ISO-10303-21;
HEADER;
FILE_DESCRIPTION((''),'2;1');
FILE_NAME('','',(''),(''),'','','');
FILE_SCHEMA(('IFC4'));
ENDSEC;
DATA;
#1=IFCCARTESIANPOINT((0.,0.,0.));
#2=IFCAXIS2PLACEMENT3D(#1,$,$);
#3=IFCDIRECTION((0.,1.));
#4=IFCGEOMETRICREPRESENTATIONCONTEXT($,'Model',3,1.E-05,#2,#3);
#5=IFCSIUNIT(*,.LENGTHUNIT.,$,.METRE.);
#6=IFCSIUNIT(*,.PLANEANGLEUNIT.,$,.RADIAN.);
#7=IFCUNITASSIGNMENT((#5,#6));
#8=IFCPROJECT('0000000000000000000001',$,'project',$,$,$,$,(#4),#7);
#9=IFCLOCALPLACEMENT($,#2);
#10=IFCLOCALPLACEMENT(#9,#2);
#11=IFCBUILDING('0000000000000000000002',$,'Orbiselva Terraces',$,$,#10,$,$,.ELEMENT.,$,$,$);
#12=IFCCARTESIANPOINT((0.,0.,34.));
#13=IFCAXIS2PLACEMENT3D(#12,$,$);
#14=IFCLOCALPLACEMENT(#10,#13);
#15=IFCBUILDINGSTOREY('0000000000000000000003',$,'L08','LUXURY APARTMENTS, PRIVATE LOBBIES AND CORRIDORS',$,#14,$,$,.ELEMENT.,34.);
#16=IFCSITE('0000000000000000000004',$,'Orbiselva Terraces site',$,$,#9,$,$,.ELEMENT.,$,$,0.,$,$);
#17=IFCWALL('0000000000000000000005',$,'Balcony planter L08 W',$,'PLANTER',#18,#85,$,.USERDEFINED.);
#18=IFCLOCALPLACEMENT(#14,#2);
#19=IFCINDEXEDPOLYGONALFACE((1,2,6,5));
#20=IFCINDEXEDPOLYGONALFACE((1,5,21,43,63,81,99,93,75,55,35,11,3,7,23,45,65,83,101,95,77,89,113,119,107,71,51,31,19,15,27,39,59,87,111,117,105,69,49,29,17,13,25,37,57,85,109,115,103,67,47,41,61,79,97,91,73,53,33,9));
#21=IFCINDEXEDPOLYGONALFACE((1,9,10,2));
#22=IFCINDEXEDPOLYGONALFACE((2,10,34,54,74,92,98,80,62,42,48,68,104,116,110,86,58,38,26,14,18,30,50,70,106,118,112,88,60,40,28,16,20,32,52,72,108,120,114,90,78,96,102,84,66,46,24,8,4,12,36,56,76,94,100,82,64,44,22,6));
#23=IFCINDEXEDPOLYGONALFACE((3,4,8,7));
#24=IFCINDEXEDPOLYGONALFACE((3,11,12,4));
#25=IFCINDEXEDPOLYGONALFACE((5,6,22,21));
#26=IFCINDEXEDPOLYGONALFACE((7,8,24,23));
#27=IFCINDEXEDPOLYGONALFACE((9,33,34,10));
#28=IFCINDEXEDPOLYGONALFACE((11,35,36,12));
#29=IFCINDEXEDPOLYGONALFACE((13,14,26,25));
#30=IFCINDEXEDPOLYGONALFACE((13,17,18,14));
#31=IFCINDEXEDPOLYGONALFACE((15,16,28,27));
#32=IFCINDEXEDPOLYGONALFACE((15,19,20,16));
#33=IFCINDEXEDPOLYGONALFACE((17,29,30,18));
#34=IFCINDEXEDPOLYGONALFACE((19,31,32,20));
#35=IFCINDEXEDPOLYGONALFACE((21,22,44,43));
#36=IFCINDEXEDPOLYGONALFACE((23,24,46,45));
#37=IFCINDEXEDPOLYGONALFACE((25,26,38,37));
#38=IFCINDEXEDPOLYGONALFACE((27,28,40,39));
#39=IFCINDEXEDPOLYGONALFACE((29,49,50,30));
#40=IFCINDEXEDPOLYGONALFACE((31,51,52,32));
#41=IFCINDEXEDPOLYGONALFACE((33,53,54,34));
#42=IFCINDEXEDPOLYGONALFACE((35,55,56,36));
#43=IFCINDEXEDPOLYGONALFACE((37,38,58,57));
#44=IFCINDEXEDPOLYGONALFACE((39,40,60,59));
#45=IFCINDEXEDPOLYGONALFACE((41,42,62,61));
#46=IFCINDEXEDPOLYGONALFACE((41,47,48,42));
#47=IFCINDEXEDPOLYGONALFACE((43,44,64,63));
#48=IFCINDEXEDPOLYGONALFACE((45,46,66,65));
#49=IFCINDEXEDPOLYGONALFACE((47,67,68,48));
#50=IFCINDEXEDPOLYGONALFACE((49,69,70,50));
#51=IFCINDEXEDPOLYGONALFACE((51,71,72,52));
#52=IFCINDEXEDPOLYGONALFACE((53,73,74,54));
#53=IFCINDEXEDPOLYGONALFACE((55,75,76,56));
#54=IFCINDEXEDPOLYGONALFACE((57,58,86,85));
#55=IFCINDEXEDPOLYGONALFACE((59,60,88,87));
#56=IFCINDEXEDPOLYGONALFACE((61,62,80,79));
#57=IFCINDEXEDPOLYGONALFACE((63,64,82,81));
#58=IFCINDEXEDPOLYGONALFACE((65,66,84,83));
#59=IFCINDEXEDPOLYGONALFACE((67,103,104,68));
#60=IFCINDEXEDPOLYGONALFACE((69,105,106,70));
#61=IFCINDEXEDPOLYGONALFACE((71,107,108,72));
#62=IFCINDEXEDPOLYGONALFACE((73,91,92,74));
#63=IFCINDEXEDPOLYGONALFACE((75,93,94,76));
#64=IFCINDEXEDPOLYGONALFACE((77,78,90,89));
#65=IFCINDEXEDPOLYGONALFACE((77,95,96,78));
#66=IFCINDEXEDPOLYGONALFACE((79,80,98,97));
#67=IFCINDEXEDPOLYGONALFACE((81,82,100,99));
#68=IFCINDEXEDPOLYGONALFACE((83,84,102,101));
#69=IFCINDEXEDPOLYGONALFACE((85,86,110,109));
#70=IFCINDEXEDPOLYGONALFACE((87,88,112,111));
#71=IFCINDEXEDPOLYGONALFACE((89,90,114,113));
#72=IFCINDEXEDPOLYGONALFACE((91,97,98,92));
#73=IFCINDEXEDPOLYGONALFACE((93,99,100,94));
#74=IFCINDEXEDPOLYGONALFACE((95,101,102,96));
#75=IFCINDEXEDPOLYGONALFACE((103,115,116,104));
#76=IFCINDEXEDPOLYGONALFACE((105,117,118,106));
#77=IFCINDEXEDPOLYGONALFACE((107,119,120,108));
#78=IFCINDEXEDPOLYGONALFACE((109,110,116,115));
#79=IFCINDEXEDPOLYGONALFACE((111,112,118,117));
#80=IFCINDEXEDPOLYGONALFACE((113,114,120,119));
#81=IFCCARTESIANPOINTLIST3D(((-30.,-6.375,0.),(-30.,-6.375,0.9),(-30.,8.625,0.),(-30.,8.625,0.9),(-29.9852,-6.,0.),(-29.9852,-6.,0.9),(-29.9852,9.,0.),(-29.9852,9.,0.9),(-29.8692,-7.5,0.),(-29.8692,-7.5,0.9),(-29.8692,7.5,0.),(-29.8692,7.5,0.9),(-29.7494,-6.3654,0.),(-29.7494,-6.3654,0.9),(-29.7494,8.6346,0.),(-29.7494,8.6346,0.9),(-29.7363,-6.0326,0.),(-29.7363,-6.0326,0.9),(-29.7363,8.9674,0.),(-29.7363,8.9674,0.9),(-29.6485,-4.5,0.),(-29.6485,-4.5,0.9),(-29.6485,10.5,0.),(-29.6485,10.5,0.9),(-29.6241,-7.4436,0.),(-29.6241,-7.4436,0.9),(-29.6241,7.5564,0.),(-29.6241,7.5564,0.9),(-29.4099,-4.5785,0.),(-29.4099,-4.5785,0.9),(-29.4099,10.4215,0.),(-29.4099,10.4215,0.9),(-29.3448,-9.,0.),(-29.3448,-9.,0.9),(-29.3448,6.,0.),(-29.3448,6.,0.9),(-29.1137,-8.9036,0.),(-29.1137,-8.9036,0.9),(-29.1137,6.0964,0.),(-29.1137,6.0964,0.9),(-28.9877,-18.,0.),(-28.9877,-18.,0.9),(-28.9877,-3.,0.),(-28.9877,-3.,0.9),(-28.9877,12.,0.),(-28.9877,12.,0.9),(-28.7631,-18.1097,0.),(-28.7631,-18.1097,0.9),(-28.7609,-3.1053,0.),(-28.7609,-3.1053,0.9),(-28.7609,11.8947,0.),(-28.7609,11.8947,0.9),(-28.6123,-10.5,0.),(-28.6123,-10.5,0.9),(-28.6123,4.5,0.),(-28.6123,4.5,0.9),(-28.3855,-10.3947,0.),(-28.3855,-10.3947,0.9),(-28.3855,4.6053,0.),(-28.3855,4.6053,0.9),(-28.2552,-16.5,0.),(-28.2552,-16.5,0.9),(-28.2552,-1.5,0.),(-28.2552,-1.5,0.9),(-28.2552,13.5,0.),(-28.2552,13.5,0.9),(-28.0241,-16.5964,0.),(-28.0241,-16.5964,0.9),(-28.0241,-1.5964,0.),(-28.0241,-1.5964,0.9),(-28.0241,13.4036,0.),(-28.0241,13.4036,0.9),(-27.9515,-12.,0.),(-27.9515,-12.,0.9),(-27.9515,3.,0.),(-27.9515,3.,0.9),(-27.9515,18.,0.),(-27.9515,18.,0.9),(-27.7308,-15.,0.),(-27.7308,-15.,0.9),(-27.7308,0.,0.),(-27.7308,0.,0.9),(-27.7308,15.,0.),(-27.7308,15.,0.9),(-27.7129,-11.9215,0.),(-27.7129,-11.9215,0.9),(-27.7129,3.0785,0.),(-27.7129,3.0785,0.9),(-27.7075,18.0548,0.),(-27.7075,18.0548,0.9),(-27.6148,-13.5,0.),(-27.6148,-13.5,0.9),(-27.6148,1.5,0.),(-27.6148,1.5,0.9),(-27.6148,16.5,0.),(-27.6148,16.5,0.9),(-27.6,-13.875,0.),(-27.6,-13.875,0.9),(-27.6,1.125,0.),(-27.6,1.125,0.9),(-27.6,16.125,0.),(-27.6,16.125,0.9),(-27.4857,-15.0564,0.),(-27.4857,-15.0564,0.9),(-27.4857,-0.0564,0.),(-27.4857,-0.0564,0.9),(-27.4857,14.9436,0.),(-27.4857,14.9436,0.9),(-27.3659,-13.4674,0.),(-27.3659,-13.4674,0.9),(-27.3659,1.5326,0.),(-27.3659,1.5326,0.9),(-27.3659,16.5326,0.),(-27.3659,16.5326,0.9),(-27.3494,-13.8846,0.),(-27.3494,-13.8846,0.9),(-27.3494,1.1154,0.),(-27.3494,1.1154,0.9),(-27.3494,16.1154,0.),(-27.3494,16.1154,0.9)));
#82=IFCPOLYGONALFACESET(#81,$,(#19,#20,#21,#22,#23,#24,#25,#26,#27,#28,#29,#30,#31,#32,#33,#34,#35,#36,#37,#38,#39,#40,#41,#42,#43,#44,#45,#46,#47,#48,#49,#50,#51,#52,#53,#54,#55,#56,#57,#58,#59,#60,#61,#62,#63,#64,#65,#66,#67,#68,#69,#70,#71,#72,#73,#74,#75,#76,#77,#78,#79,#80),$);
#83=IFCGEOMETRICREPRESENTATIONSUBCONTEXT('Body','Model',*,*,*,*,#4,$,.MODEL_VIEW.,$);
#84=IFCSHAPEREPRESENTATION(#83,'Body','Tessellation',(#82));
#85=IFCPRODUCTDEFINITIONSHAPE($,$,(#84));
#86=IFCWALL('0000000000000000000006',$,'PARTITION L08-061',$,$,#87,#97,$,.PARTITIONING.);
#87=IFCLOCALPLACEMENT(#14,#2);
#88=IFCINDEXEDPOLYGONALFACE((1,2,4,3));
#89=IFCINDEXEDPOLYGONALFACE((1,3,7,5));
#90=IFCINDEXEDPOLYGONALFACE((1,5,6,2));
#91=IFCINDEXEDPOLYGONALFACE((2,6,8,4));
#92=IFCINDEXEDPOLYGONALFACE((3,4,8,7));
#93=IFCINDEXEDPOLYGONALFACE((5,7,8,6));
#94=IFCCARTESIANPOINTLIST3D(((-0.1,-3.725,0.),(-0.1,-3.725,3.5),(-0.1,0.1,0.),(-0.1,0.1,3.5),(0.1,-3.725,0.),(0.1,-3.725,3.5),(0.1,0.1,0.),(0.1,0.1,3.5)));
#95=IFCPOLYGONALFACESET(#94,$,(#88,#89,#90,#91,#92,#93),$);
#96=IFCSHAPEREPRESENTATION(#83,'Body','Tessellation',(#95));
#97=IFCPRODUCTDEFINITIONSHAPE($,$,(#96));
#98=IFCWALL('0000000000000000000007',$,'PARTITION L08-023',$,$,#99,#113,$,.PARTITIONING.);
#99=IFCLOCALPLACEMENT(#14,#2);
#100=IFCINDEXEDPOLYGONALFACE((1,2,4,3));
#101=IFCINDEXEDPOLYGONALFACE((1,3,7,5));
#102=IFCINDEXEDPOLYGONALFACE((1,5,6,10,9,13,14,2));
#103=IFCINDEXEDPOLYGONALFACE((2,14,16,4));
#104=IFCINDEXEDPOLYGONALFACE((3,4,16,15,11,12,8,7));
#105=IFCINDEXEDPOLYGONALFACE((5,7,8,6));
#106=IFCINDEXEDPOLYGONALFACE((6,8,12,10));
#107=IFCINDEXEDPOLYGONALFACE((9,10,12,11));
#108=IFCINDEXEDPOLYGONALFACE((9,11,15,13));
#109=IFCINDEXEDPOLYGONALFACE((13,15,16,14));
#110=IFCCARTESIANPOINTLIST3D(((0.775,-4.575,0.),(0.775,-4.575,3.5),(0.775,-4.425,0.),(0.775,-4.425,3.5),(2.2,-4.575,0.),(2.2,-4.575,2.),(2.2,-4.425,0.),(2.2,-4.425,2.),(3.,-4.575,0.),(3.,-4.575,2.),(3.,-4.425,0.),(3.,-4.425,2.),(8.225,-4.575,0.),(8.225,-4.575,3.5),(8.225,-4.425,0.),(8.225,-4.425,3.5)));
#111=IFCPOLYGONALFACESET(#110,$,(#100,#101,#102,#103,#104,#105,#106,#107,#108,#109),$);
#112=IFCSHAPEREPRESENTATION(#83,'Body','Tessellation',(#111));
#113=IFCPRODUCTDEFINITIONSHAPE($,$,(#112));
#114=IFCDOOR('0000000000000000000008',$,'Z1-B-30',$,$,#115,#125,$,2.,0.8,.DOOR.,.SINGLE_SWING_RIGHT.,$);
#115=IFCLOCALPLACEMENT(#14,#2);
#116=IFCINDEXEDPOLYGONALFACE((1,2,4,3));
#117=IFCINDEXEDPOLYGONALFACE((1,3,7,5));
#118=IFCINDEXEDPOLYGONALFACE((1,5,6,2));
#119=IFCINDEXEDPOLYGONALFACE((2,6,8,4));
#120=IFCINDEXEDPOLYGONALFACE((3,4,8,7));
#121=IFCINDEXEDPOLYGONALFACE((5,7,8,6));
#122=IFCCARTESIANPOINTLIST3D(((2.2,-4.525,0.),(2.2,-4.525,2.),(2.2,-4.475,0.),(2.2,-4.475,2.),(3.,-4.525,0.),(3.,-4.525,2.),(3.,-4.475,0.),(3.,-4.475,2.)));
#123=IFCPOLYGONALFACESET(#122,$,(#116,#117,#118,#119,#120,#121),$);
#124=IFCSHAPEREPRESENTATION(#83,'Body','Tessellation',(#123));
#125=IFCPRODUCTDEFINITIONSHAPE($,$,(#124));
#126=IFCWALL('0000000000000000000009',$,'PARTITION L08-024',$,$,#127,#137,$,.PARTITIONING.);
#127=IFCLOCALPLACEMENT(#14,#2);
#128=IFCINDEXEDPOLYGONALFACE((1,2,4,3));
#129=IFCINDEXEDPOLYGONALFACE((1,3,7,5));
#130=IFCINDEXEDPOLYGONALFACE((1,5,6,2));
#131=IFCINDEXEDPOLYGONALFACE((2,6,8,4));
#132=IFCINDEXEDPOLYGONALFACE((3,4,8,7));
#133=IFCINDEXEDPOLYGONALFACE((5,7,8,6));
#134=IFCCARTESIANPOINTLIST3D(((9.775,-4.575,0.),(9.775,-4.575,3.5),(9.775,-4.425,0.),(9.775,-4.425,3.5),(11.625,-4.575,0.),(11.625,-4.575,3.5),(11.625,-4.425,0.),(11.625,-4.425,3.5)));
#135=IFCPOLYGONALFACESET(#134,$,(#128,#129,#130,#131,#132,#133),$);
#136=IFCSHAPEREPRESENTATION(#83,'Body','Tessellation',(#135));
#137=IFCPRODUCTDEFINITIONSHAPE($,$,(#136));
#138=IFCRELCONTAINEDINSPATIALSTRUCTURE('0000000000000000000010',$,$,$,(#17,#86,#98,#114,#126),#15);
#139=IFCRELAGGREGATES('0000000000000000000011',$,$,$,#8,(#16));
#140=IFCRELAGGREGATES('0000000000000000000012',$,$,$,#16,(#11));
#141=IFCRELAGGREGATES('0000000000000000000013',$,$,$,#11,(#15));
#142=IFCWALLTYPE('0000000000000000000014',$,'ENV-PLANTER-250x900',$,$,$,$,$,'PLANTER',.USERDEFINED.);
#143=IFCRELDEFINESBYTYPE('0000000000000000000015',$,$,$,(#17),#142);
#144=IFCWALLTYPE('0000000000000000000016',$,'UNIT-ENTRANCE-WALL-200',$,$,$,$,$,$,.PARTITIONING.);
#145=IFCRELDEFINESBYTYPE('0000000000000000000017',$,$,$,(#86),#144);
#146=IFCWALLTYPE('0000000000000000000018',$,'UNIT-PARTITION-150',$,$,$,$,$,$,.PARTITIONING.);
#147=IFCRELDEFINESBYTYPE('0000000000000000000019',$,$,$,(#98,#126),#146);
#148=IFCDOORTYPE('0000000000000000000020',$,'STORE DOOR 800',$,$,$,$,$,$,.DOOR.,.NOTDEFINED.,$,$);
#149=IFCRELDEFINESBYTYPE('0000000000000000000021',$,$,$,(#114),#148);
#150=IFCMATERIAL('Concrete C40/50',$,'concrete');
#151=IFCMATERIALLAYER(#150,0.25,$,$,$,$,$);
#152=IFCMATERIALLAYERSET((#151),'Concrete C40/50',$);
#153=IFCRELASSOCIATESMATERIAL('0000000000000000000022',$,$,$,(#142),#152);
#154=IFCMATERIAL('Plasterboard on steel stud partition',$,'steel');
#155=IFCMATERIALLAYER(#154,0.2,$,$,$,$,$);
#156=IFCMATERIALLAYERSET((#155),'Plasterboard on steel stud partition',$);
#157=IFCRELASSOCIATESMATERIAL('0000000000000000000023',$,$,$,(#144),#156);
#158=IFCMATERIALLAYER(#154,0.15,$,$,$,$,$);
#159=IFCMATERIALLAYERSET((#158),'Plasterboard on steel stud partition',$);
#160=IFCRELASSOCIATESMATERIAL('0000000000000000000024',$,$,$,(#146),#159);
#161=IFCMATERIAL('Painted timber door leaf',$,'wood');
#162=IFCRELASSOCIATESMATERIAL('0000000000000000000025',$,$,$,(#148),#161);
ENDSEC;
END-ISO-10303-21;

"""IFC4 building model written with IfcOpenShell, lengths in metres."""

from ifc_helpers import new_model, si_unit, direction, frame, frame_2d, origin, place, context, subcontext, project, spatial, polyline, rectangle, outline, extrude, material, layer, layer_set, type_object, element, fill, save


model = new_model("IFC4")

# Units and contexts
model_context = context("Model", 3, precision=1e-05, world=origin(), true_north=direction((0.0, 1.0)))
body_context = subcontext(model_context, "Body", "Model", "MODEL_VIEW")
ifc_project = project(units=[si_unit("LENGTHUNIT", "METRE"), si_unit("PLANEANGLEUNIT", "RADIAN")], contexts=[model_context])

# Site, building, storey
site_placement = place(None, origin())
site = spatial("IfcSite", under=ifc_project, at=site_placement, Name="Orbiselva Terraces site", CompositionType="ELEMENT", RefElevation=0.0)
building_placement = place(site_placement, origin())
building = spatial("IfcBuilding", under=site, at=building_placement, Name="Orbiselva Terraces", CompositionType="ELEMENT")
storey_placement = place(building_placement, frame((0.0, 0.0, 34.0)))
storey = spatial("IfcBuildingStorey", under=building, at=storey_placement, Name="L08", Description="LUXURY APARTMENTS, PRIVATE LOBBIES AND CORRIDORS", CompositionType="ELEMENT", Elevation=34.0)

# Shared definitions
ifc_material_1 = material(Name="Concrete C40/50", Category="concrete")

# Walls
ifc_layer_1 = layer(ifc_material_1, 0.25)
ifc_layer_set_1 = layer_set([ifc_layer_1], Name="Concrete C40/50")
wall_type_1 = type_object("IfcWallType", Name="ENV-PLANTER-250x900", ElementType="PLANTER", PredefinedType="USERDEFINED", material=ifc_layer_set_1)
wall_1_placement = place(storey_placement, origin())
element("IfcWall", 1, at=wall_1_placement, inside=storey, type_object=wall_type_1, Name="Balcony planter L08 W", ObjectType="PLANTER", PredefinedType="USERDEFINED", context=body_context, shape_type="SweptSolid", body=[
    extrude(outline(polyline([(-27.9515, 18.0), (-27.6148, 16.5), (-27.6, 16.125), (-27.7308, 15.0), (-28.2552, 13.5), (-28.9877, 12.0), (-29.6485, 10.5), (-29.9852, 9.0), (-30.0, 8.625), (-29.8692, 7.5), (-29.3448, 6.0), (-28.6123, 4.5), (-27.9515, 3.0), (-27.6148, 1.5), (-27.6, 1.125), (-27.7308, 0.0), (-28.2552, -1.5), (-28.9877, -3.0), (-29.6485, -4.5), (-29.9852, -6.0), (-30.0, -6.375), (-29.8692, -7.5), (-29.3448, -9.0), (-28.6123, -10.5), (-27.9515, -12.0), (-27.6148, -13.5), (-27.6, -13.875), (-27.7308, -15.0), (-28.2552, -16.5), (-28.9877, -18.0), (-28.7631, -18.1097), (-28.0241, -16.5964), (-27.4857, -15.0564), (-27.3494, -13.8846), (-27.3659, -13.4674), (-27.7129, -11.9215), (-28.3855, -10.3947), (-29.1137, -8.9036), (-29.6241, -7.4436), (-29.7494, -6.3654), (-29.7363, -6.0326), (-29.4099, -4.5785), (-28.7609, -3.1053), (-28.0241, -1.5964), (-27.4857, -0.0564), (-27.3494, 1.1154), (-27.3659, 1.5326), (-27.7129, 3.0785), (-28.3855, 4.6053), (-29.1137, 6.0964), (-29.6241, 7.5564), (-29.7494, 8.6346), (-29.7363, 8.9674), (-29.4099, 10.4215), (-28.7609, 11.8947), (-28.0241, 13.4036), (-27.4857, 14.9436), (-27.3494, 16.1154), (-27.3659, 16.5326), (-27.7075, 18.0548), (-27.9515, 18.0)])), origin(), (0.0, 0.0, 1.0), 0.9),
])
ifc_material_2 = material(Name="Plasterboard on steel stud partition", Category="steel")
ifc_layer_2 = layer(ifc_material_2, 0.2)
ifc_layer_set_2 = layer_set([ifc_layer_2], Name="Plasterboard on steel stud partition")
wall_type_2 = type_object("IfcWallType", Name="UNIT-ENTRANCE-WALL-200", PredefinedType="PARTITIONING", material=ifc_layer_set_2)
wall_2_placement = place(storey_placement, frame((0.0, -3.725, 0.0), z_axis=(0.0, 0.0, 1.0), x_axis=(0.0, 1.0, 0.0)))
element("IfcWall", 2, at=wall_2_placement, inside=storey, type_object=wall_type_2, Name="PARTITION L08-061", PredefinedType="PARTITIONING", context=body_context, shape_type="SweptSolid", body=[
    extrude(rectangle(XDim=3.825, YDim=0.2, at=frame_2d((1.9125, 0.0))), origin(), (0.0, 0.0, 1.0), 3.5),
])

# Wall, opening, door
ifc_layer_3 = layer(ifc_material_2, 0.15)
ifc_layer_set_3 = layer_set([ifc_layer_3], Name="Plasterboard on steel stud partition")
wall_type_3 = type_object("IfcWallType", Name="UNIT-PARTITION-150", PredefinedType="PARTITIONING", material=ifc_layer_set_3)
wall_3_placement = place(storey_placement, frame((8.225, -4.5, 0.0), z_axis=(0.0, 0.0, 1.0), x_axis=(-1.0, 0.0, 0.0)))
wall_3 = element("IfcWall", 3, at=wall_3_placement, inside=storey, type_object=wall_type_3, Name="PARTITION L08-023", PredefinedType="PARTITIONING", context=body_context, shape_type="SweptSolid", body=[
    extrude(rectangle(XDim=7.45, YDim=0.15, at=frame_2d((3.725, 0.0))), origin(), (0.0, 0.0, 1.0), 3.5),
])
opening_placement = place(wall_3_placement, frame((5.225, 0.0, 0.0)))
opening = element("IfcOpeningElement", 4, at=opening_placement, cuts=wall_3, PredefinedType="OPENING", context=body_context, shape_type="SweptSolid", body=[
    extrude(rectangle(XDim=0.8, YDim=2.0, at=frame_2d((0.4, 1.0))), frame((0.0, 0.085, 0.0), z_axis=(0.0, -1.0, 0.0), x_axis=(1.0, 0.0, 0.0)), (0.0, 0.0, 1.0), 0.17),
])
ifc_material_3 = material(Name="Painted timber door leaf", Category="wood")
door_type = type_object("IfcDoorType", Name="STORE DOOR 800", OperationType="NOTDEFINED", PredefinedType="DOOR", material=ifc_material_3)
door_placement = place(opening_placement, origin())
door = element("IfcDoor", 5, at=door_placement, inside=storey, type_object=door_type, Name="Z1-B-30", OperationType="SINGLE_SWING_RIGHT", OverallHeight=2.0, OverallWidth=0.8, PredefinedType="DOOR", context=body_context, shape_type="SweptSolid", body=[
    extrude(rectangle(XDim=0.8, YDim=2.0, at=frame_2d((0.4, 1.0))), frame((0.0, 0.025, 0.0), z_axis=(0.0, -1.0, 0.0), x_axis=(1.0, 0.0, 0.0)), (0.0, 0.0, 1.0), 0.05),
])
fill(opening, door)

# Wall
wall_4_placement = place(storey_placement, frame((9.775, -4.5, 0.0), z_axis=(0.0, 0.0, 1.0), x_axis=(1.0, 0.0, 0.0)))
element("IfcWall", 6, at=wall_4_placement, inside=storey, type_object=wall_type_3, Name="PARTITION L08-024", PredefinedType="PARTITIONING", context=body_context, shape_type="SweptSolid", body=[
    extrude(rectangle(XDim=1.85, YDim=0.15, at=frame_2d((0.925, 0.0))), origin(), (0.0, 0.0, 1.0), 3.5),
])

save(model, "model.ifc")
